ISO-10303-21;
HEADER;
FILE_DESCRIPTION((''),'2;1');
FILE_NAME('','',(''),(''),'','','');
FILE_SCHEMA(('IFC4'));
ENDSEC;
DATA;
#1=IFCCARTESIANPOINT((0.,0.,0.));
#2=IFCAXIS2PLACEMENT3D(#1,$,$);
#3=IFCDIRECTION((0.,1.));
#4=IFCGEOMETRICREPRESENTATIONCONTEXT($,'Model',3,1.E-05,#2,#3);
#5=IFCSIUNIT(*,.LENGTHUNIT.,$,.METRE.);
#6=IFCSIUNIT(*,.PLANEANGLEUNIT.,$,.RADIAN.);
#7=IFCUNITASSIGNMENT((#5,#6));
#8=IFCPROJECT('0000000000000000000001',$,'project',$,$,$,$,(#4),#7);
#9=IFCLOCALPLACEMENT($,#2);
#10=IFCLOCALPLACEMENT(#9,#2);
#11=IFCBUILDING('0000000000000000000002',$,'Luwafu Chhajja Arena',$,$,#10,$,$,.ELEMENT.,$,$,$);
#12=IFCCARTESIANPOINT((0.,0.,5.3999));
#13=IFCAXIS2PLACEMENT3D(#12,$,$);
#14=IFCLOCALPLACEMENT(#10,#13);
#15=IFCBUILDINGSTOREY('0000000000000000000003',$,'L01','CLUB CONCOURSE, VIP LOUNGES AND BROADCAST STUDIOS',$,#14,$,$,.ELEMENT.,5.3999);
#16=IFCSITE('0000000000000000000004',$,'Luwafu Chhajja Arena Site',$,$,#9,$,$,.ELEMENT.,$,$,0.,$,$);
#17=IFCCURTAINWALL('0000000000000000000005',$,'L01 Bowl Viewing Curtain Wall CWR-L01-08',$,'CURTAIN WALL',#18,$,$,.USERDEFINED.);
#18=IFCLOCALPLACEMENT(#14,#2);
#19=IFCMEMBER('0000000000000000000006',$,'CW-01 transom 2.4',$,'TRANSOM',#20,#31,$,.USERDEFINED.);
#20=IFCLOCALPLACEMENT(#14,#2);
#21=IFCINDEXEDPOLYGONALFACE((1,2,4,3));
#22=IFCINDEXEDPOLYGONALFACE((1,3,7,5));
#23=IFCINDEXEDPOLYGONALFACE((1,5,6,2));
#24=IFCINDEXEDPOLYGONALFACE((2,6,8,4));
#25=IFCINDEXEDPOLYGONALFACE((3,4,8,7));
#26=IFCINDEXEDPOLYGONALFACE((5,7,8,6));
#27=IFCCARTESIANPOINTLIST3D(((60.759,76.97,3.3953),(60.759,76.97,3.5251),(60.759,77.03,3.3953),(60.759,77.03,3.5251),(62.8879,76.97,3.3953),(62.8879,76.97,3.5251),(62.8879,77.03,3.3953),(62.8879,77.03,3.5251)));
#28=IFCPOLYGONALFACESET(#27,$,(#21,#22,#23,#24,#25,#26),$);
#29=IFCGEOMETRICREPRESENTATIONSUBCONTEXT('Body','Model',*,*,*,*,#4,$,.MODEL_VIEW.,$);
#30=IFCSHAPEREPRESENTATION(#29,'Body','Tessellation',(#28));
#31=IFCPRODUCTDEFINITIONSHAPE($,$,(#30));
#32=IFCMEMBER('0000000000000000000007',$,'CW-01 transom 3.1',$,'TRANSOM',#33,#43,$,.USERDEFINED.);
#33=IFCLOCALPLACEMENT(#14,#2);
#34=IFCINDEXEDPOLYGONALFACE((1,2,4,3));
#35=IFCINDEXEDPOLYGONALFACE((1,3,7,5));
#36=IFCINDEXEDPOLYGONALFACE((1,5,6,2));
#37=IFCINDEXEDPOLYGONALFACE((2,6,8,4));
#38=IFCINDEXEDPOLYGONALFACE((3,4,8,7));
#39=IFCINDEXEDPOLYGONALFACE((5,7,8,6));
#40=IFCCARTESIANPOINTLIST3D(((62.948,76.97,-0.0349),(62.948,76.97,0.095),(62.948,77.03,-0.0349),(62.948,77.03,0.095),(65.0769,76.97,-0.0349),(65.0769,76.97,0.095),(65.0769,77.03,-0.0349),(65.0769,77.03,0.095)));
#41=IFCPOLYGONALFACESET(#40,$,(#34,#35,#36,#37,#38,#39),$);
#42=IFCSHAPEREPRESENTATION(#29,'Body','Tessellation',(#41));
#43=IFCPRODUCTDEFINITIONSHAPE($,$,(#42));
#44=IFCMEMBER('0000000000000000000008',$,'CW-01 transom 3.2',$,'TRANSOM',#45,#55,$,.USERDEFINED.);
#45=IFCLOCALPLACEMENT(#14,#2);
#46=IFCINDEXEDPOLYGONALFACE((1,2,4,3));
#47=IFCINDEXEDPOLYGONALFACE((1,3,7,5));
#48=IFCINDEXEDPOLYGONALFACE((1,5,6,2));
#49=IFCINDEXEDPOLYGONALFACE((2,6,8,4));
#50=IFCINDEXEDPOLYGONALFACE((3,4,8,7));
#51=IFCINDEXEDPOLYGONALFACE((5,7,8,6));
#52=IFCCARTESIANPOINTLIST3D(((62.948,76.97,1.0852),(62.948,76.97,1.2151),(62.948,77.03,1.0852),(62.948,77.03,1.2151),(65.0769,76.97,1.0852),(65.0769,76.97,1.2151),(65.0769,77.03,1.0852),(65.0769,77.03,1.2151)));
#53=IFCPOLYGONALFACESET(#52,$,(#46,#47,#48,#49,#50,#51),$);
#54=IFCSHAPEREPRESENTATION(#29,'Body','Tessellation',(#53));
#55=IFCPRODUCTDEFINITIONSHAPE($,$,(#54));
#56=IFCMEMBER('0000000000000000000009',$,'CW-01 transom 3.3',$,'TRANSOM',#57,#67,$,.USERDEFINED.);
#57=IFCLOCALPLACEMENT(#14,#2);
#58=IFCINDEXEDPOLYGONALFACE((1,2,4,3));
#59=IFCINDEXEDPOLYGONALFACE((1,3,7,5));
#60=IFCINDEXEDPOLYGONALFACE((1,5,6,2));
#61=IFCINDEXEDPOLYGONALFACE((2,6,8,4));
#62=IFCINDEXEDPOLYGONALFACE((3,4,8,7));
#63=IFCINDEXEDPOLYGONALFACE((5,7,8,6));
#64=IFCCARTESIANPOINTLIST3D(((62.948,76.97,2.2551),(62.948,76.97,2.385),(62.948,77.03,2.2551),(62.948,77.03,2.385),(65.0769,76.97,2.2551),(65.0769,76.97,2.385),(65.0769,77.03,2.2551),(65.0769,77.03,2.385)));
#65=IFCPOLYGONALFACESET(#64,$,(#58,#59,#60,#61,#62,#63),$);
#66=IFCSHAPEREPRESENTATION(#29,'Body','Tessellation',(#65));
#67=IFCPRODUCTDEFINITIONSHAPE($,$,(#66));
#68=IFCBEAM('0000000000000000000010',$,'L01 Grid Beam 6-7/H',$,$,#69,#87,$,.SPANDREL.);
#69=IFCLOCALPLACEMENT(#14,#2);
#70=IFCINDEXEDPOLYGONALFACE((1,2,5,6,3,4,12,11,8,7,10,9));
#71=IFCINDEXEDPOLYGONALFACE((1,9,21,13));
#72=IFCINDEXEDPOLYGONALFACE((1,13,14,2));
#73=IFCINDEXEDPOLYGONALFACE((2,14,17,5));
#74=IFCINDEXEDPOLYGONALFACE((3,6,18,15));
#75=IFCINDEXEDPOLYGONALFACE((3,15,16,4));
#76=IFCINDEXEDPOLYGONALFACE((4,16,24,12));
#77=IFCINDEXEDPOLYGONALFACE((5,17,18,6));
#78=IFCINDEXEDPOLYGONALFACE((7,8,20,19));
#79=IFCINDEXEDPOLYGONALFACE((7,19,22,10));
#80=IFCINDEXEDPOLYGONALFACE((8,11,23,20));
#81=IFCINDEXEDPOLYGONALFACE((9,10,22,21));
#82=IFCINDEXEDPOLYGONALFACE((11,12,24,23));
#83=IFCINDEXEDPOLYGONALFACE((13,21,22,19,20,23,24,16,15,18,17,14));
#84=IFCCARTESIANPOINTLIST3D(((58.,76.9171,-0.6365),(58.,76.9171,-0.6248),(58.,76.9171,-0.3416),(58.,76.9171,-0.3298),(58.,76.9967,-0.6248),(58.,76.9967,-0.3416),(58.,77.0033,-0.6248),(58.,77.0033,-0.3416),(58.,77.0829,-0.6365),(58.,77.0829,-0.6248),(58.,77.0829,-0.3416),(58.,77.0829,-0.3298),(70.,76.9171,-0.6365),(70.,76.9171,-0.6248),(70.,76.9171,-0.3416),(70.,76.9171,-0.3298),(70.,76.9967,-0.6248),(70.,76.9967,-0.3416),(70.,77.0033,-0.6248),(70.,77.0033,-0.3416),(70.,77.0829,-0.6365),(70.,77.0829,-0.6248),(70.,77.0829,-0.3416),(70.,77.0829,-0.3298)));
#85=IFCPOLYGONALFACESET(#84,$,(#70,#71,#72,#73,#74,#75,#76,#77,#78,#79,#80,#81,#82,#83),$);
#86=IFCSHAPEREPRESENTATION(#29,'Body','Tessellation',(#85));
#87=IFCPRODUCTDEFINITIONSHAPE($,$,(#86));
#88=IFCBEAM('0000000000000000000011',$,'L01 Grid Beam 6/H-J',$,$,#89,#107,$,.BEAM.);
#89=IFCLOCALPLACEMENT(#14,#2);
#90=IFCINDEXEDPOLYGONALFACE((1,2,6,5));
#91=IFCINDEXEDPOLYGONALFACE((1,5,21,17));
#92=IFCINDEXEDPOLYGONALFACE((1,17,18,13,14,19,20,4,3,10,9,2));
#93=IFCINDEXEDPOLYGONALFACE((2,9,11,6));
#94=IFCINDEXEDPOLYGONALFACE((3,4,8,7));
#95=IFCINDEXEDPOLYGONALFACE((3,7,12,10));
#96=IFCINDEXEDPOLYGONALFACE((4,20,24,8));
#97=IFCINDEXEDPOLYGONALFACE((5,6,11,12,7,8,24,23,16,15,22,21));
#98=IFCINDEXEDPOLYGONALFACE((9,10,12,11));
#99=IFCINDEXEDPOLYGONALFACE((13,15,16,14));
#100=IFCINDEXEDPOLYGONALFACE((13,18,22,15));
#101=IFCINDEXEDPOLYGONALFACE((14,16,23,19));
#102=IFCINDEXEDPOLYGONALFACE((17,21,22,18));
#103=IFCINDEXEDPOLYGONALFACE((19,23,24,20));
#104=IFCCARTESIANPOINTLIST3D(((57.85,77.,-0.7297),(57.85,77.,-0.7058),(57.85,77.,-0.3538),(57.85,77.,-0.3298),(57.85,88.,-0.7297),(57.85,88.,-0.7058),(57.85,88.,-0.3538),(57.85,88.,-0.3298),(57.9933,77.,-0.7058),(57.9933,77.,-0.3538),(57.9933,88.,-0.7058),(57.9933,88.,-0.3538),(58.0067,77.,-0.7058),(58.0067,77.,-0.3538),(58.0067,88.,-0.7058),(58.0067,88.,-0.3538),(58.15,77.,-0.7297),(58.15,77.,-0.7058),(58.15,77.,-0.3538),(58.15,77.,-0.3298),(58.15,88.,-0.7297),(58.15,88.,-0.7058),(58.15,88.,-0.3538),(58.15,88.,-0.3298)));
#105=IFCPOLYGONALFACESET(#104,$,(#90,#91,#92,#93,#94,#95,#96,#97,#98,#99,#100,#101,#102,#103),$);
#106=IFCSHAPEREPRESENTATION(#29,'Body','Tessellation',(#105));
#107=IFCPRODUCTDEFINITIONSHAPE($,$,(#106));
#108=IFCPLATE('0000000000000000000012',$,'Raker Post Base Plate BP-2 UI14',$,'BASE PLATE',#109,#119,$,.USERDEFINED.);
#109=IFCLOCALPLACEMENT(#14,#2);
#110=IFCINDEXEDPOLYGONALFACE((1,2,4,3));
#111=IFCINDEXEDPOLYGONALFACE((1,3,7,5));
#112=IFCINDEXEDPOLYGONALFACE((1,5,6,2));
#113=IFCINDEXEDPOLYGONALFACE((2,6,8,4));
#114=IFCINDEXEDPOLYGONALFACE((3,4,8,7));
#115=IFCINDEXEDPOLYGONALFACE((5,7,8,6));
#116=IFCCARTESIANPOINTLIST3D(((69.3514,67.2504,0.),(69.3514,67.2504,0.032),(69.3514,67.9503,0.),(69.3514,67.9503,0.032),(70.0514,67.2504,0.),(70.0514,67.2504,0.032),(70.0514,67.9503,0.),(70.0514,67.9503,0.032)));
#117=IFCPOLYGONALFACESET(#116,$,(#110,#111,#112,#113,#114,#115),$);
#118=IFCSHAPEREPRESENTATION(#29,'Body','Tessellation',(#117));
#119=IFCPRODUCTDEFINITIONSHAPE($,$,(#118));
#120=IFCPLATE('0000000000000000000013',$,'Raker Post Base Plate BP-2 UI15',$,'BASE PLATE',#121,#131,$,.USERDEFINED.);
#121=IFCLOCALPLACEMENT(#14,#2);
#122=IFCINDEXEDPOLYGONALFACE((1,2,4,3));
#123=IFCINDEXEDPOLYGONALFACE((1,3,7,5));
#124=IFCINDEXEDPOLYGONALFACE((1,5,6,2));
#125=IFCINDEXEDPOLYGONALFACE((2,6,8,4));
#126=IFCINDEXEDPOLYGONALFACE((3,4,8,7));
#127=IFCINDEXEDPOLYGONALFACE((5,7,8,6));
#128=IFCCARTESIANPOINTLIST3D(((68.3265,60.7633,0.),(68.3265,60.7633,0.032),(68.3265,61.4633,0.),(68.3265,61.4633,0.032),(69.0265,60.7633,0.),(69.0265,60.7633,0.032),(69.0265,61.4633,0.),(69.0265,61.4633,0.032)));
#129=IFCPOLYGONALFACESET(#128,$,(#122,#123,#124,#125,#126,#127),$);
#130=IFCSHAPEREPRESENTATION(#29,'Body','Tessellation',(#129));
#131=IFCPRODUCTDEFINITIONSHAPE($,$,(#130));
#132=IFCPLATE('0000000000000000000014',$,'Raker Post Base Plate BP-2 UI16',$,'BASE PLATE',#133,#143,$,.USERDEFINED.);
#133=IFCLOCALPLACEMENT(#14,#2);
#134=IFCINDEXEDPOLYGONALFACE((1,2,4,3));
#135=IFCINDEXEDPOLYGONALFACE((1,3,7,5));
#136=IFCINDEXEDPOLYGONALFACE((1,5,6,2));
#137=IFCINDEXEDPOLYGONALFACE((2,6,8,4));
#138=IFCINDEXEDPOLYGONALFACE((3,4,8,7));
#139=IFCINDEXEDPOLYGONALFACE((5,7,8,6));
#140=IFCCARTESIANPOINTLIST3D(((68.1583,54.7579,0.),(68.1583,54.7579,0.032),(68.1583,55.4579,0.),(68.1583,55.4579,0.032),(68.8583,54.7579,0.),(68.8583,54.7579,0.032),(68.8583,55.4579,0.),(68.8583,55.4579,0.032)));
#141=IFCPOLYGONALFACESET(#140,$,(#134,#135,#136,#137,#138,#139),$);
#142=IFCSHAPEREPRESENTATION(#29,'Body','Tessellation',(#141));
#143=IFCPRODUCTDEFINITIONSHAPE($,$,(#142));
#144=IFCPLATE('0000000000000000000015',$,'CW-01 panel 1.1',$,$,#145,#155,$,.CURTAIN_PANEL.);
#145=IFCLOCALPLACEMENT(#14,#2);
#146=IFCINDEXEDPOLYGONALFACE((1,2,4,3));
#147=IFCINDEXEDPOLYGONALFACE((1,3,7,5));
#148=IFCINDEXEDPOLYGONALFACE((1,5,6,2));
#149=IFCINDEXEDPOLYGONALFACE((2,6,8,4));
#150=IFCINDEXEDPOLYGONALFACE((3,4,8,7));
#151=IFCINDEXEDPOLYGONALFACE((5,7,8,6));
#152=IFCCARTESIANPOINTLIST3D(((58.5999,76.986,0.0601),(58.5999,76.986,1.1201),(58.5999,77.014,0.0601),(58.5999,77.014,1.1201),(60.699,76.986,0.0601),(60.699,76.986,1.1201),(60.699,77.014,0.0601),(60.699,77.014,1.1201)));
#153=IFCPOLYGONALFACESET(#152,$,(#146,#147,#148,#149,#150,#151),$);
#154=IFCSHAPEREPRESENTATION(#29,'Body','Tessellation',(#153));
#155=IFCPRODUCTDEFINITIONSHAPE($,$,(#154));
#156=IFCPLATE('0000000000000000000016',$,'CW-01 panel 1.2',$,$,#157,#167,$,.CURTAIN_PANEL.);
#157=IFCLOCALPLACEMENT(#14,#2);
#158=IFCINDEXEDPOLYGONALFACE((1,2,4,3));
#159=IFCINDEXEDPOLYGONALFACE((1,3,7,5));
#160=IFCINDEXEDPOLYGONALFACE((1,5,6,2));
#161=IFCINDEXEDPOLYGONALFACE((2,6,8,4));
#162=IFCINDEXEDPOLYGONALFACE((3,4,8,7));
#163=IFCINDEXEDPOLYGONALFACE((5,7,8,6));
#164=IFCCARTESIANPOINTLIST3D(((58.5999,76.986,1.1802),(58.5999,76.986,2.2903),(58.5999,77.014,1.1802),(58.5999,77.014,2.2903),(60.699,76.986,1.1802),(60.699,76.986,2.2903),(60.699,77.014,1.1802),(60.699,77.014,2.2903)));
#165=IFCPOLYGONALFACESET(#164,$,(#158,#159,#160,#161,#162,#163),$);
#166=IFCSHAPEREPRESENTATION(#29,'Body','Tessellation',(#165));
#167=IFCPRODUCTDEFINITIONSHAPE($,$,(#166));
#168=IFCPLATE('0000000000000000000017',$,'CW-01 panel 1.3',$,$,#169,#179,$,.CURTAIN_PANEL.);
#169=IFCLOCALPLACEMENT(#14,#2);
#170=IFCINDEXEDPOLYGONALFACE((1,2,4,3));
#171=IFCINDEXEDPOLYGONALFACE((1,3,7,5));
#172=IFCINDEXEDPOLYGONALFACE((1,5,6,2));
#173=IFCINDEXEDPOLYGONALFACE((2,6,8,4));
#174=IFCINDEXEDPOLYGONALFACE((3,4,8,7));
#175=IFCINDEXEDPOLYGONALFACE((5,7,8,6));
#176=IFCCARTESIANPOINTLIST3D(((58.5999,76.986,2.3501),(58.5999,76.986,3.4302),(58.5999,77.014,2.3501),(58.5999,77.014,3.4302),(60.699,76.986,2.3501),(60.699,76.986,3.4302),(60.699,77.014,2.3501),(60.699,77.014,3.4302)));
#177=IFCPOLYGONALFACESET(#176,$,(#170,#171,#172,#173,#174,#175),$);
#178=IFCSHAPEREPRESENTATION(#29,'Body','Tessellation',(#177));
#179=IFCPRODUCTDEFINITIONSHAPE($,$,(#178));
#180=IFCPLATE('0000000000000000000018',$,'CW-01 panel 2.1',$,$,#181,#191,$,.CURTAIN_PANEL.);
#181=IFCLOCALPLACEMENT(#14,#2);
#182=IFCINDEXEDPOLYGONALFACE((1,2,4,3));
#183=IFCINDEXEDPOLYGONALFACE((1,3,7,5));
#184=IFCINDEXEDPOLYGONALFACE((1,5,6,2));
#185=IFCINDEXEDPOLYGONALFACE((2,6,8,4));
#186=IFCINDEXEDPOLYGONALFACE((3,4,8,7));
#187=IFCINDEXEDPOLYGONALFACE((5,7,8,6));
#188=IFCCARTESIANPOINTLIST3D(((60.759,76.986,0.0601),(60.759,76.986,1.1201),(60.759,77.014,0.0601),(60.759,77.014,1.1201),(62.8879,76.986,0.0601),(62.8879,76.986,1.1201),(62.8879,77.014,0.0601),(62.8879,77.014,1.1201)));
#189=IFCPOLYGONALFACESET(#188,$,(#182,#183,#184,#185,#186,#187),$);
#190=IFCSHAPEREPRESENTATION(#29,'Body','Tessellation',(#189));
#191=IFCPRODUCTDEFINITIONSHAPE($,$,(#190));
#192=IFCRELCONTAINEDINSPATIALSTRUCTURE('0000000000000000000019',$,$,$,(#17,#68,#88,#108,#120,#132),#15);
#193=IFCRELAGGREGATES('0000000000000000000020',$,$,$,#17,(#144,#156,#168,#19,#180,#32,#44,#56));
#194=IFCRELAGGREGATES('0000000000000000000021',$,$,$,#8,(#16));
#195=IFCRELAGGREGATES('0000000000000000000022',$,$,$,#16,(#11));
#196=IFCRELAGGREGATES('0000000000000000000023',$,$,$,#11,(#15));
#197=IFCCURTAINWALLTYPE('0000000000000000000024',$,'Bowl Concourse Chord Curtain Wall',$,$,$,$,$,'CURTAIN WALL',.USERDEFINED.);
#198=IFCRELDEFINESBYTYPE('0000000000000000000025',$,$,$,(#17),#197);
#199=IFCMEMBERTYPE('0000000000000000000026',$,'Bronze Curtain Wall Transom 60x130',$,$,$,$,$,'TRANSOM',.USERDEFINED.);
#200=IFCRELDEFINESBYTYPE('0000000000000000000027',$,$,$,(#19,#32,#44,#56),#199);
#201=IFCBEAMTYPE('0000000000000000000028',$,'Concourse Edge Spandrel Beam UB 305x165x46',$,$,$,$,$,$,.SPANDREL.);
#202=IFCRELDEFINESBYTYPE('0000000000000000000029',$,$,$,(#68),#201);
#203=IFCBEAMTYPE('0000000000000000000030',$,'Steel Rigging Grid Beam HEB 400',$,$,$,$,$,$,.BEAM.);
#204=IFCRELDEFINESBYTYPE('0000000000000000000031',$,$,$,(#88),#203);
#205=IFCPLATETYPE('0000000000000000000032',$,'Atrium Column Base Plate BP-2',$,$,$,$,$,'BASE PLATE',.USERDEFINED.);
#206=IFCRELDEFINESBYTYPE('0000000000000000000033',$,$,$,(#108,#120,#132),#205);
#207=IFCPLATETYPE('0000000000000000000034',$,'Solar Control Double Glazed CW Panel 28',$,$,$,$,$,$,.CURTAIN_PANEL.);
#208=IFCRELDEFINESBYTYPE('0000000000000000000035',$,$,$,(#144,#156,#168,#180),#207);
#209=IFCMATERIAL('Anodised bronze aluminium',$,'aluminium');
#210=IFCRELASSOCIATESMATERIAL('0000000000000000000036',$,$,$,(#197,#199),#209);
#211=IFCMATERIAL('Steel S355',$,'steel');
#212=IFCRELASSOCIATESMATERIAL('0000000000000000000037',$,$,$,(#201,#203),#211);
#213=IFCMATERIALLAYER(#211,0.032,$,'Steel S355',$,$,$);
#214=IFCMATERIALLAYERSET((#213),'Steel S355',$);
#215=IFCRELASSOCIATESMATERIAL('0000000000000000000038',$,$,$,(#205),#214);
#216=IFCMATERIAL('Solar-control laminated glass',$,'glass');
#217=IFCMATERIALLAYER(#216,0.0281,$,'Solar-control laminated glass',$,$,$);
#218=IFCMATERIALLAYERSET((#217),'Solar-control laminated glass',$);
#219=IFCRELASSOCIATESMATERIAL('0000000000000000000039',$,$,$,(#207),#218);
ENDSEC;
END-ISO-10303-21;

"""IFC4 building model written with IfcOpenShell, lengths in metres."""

from ifc_helpers import new_model, si_unit, direction, frame, origin, origin_2d, place, context, subcontext, project, spatial, rectangle, i_section, extrude, material, layer, layer_set, material_profile, profile_set, type_object, element, aggregate, save


model = new_model("IFC4")

# Units and contexts
model_context = context("Model", 3, precision=1e-05, world=origin(), true_north=direction((0.0, 1.0)))
body_context = subcontext(model_context, "Body", "Model", "MODEL_VIEW")
ifc_project = project(units=[si_unit("LENGTHUNIT", "METRE"), si_unit("PLANEANGLEUNIT", "RADIAN")], contexts=[model_context])

# Site, building, storey
site_placement = place(None, origin())
site = spatial("IfcSite", under=ifc_project, at=site_placement, Name="Luwafu Chhajja Arena Site", CompositionType="ELEMENT", RefElevation=0.0)
building_placement = place(site_placement, origin())
building = spatial("IfcBuilding", under=site, at=building_placement, Name="Luwafu Chhajja Arena", CompositionType="ELEMENT")
storey_placement = place(building_placement, frame((0.0, 0.0, 5.3999)))
storey = spatial("IfcBuildingStorey", under=building, at=storey_placement, Name="L01", Description="CLUB CONCOURSE, VIP LOUNGES AND BROADCAST STUDIOS", CompositionType="ELEMENT", Elevation=5.3999)

# Shared definitions
ifc_material_1 = material(Name="Steel S355", Category="steel")

# Curtain wall, members
ifc_material_2 = material(Name="Anodised bronze aluminium", Category="aluminium")
curtain_wall_type = type_object("IfcCurtainWallType", Name="Bowl Concourse Chord Curtain Wall", ElementType="CURTAIN WALL", PredefinedType="USERDEFINED", material=ifc_material_2)
curtain_wall_placement = place(storey_placement, origin())
curtain_wall = element("IfcCurtainWall", 1, at=curtain_wall_placement, inside=storey, type_object=curtain_wall_type, Name="L01 Bowl Viewing Curtain Wall CWR-L01-08", ObjectType="CURTAIN WALL", PredefinedType="USERDEFINED")
ifc_material_profile_1 = material_profile(ifc_material_2, rectangle(XDim=0.0601, YDim=0.1299, at=origin_2d()), Name="CWT 60x130")
ifc_profile_set_1 = profile_set([ifc_material_profile_1], Name="Anodised bronze aluminium")
member_type_1 = type_object("IfcMemberType", Name="Bronze Curtain Wall Transom 60x130", ElementType="TRANSOM", PredefinedType="USERDEFINED", material=ifc_profile_set_1)
member_1_placement = place(storey_placement, frame((60.759, 77.0, 3.4602), z_axis=(1.0, 0.0, 0.0), x_axis=(0.0, 1.0, 0.0)))
member_1 = element("IfcMember", 2, at=member_1_placement, type_object=member_type_1, Name="CW-01 transom 2.4", ObjectType="TRANSOM", PredefinedType="USERDEFINED", context=body_context, shape_type="SweptSolid", body=[
    extrude(rectangle(XDim=0.0601, YDim=0.1299, at=origin_2d()), origin(), (0.0, 0.0, 1.0), 2.1289),
])
member_2_placement = place(storey_placement, frame((62.948, 77.0, 0.03), z_axis=(1.0, 0.0, 0.0), x_axis=(0.0, 1.0, 0.0)))
member_2 = element("IfcMember", 3, at=member_2_placement, type_object=member_type_1, Name="CW-01 transom 3.1", ObjectType="TRANSOM", PredefinedType="USERDEFINED", context=body_context, shape_type="SweptSolid", body=[
    extrude(rectangle(XDim=0.0601, YDim=0.1299, at=origin_2d()), origin(), (0.0, 0.0, 1.0), 2.1289),
])
member_3_placement = place(storey_placement, frame((62.948, 77.0, 1.1501), z_axis=(1.0, 0.0, 0.0), x_axis=(0.0, 1.0, 0.0)))
member_3 = element("IfcMember", 4, at=member_3_placement, type_object=member_type_1, Name="CW-01 transom 3.2", ObjectType="TRANSOM", PredefinedType="USERDEFINED", context=body_context, shape_type="SweptSolid", body=[
    extrude(rectangle(XDim=0.0601, YDim=0.1299, at=origin_2d()), origin(), (0.0, 0.0, 1.0), 2.1289),
])
member_4_placement = place(storey_placement, frame((62.948, 77.0, 2.3201), z_axis=(1.0, 0.0, 0.0), x_axis=(0.0, 1.0, 0.0)))
member_4 = element("IfcMember", 5, at=member_4_placement, type_object=member_type_1, Name="CW-01 transom 3.3", ObjectType="TRANSOM", PredefinedType="USERDEFINED", context=body_context, shape_type="SweptSolid", body=[
    extrude(rectangle(XDim=0.0601, YDim=0.1299, at=origin_2d()), origin(), (0.0, 0.0, 1.0), 2.1289),
])

# Beams
ifc_material_profile_2 = material_profile(ifc_material_1, i_section(OverallWidth=0.1658, OverallDepth=0.3066, WebThickness=0.0066, FlangeThickness=0.0117, at=origin_2d()), Name="UB 305x165x46")
ifc_profile_set_2 = profile_set([ifc_material_profile_2], Name="Steel S355")
beam_type_1 = type_object("IfcBeamType", Name="Concourse Edge Spandrel Beam UB 305x165x46", PredefinedType="SPANDREL", material=ifc_profile_set_2)
beam_1_placement = place(storey_placement, frame((58.0, 77.0, -0.4832), z_axis=(1.0, 0.0, 0.0), x_axis=(0.0, 1.0, 0.0)))
element("IfcBeam", 6, at=beam_1_placement, inside=storey, type_object=beam_type_1, Name="L01 Grid Beam 6-7/H", PredefinedType="SPANDREL", context=body_context, shape_type="SweptSolid", body=[
    extrude(i_section(OverallWidth=0.1658, OverallDepth=0.3066, WebThickness=0.0066, FlangeThickness=0.0117, at=origin_2d()), origin(), (0.0, 0.0, 1.0), 12.0),
])
ifc_material_profile_3 = material_profile(ifc_material_1, i_section(OverallWidth=0.3, OverallDepth=0.3999, WebThickness=0.0134, FlangeThickness=0.0239, at=origin_2d()), Name="HEB 400")
ifc_profile_set_3 = profile_set([ifc_material_profile_3], Name="Steel S355")
beam_type_2 = type_object("IfcBeamType", Name="Steel Rigging Grid Beam HEB 400", PredefinedType="BEAM", material=ifc_profile_set_3)
beam_2_placement = place(storey_placement, frame((58.0, 77.0, -0.5298), z_axis=(0.0, 1.0, 0.0), x_axis=(-1.0, 0.0, 0.0)))
element("IfcBeam", 7, at=beam_2_placement, inside=storey, type_object=beam_type_2, Name="L01 Grid Beam 6/H-J", PredefinedType="BEAM", context=body_context, shape_type="SweptSolid", body=[
    extrude(i_section(OverallWidth=0.3, OverallDepth=0.3999, WebThickness=0.0134, FlangeThickness=0.0239, at=origin_2d()), origin(), (0.0, 0.0, 1.0), 11.0),
])

# Plates
ifc_layer_1 = layer(ifc_material_1, 0.032, Name="Steel S355")
ifc_layer_set_1 = layer_set([ifc_layer_1], Name="Steel S355")
plate_type_1 = type_object("IfcPlateType", Name="Atrium Column Base Plate BP-2", ElementType="BASE PLATE", PredefinedType="USERDEFINED", material=ifc_layer_set_1)
for number, where, z_axis, x_axis, name in (
    (8, (69.7014, 67.6003, 0.0), (0.0, 0.0, 1.0), (1.0, 0.0, 0.0), "Raker Post Base Plate BP-2 UI14"),
    (9, (68.6765, 61.1133, 0.0), (0.0, 0.0, 1.0), (1.0, 0.0, 0.0), "Raker Post Base Plate BP-2 UI15"),
    (10, (68.5083, 55.1079, 0.0), (0.0, 0.0, 1.0), (1.0, 0.0, 0.0), "Raker Post Base Plate BP-2 UI16"),
):
    element("IfcPlate", number, at=place(storey_placement, frame(where, z_axis=z_axis, x_axis=x_axis)), inside=storey, type_object=plate_type_1, Name=name, ObjectType="BASE PLATE", PredefinedType="USERDEFINED", context=body_context, shape_type="SweptSolid", body=[
        extrude(rectangle(XDim=0.7, YDim=0.7, at=origin_2d()), origin(), (0.0, 0.0, 1.0), 0.032),
    ])

# Plates
ifc_material_3 = material(Name="Solar-control laminated glass", Category="glass")
ifc_layer_2 = layer(ifc_material_3, 0.0281, Name="Solar-control laminated glass")
ifc_layer_set_2 = layer_set([ifc_layer_2], Name="Solar-control laminated glass")
plate_type_2 = type_object("IfcPlateType", Name="Solar Control Double Glazed CW Panel 28", PredefinedType="CURTAIN_PANEL", material=ifc_layer_set_2)
plate_1_placement = place(storey_placement, frame((59.6494, 77.0, 0.0601), z_axis=(0.0, 0.0, 1.0), x_axis=(1.0, 0.0, 0.0)))
plate_1 = element("IfcPlate", 11, at=plate_1_placement, type_object=plate_type_2, Name="CW-01 panel 1.1", PredefinedType="CURTAIN_PANEL", context=body_context, shape_type="SweptSolid", body=[
    extrude(rectangle(XDim=2.0991, YDim=0.0281, at=origin_2d()), origin(), (0.0, 0.0, 1.0), 1.0601),
])
plate_2_placement = place(storey_placement, frame((59.6494, 77.0, 1.1802), z_axis=(0.0, 0.0, 1.0), x_axis=(1.0, 0.0, 0.0)))
plate_2 = element("IfcPlate", 12, at=plate_2_placement, type_object=plate_type_2, Name="CW-01 panel 1.2", PredefinedType="CURTAIN_PANEL", context=body_context, shape_type="SweptSolid", body=[
    extrude(rectangle(XDim=2.0991, YDim=0.0281, at=origin_2d()), origin(), (0.0, 0.0, 1.0), 1.1101),
])
plate_3_placement = place(storey_placement, frame((59.6494, 77.0, 2.3501), z_axis=(0.0, 0.0, 1.0), x_axis=(1.0, 0.0, 0.0)))
plate_3 = element("IfcPlate", 13, at=plate_3_placement, type_object=plate_type_2, Name="CW-01 panel 1.3", PredefinedType="CURTAIN_PANEL", context=body_context, shape_type="SweptSolid", body=[
    extrude(rectangle(XDim=2.0991, YDim=0.0281, at=origin_2d()), origin(), (0.0, 0.0, 1.0), 1.0801),
])
plate_4_placement = place(storey_placement, frame((61.8235, 77.0, 0.0601), z_axis=(0.0, 0.0, 1.0), x_axis=(1.0, 0.0, 0.0)))
plate_4 = element("IfcPlate", 14, at=plate_4_placement, type_object=plate_type_2, Name="CW-01 panel 2.1", PredefinedType="CURTAIN_PANEL", context=body_context, shape_type="SweptSolid", body=[
    extrude(rectangle(XDim=2.1289, YDim=0.0281, at=origin_2d()), origin(), (0.0, 0.0, 1.0), 1.0601),
])
aggregate(curtain_wall, [plate_1, plate_2, plate_3, member_1, plate_4, member_2, member_3, member_4])

save(model, "model.ifc")
